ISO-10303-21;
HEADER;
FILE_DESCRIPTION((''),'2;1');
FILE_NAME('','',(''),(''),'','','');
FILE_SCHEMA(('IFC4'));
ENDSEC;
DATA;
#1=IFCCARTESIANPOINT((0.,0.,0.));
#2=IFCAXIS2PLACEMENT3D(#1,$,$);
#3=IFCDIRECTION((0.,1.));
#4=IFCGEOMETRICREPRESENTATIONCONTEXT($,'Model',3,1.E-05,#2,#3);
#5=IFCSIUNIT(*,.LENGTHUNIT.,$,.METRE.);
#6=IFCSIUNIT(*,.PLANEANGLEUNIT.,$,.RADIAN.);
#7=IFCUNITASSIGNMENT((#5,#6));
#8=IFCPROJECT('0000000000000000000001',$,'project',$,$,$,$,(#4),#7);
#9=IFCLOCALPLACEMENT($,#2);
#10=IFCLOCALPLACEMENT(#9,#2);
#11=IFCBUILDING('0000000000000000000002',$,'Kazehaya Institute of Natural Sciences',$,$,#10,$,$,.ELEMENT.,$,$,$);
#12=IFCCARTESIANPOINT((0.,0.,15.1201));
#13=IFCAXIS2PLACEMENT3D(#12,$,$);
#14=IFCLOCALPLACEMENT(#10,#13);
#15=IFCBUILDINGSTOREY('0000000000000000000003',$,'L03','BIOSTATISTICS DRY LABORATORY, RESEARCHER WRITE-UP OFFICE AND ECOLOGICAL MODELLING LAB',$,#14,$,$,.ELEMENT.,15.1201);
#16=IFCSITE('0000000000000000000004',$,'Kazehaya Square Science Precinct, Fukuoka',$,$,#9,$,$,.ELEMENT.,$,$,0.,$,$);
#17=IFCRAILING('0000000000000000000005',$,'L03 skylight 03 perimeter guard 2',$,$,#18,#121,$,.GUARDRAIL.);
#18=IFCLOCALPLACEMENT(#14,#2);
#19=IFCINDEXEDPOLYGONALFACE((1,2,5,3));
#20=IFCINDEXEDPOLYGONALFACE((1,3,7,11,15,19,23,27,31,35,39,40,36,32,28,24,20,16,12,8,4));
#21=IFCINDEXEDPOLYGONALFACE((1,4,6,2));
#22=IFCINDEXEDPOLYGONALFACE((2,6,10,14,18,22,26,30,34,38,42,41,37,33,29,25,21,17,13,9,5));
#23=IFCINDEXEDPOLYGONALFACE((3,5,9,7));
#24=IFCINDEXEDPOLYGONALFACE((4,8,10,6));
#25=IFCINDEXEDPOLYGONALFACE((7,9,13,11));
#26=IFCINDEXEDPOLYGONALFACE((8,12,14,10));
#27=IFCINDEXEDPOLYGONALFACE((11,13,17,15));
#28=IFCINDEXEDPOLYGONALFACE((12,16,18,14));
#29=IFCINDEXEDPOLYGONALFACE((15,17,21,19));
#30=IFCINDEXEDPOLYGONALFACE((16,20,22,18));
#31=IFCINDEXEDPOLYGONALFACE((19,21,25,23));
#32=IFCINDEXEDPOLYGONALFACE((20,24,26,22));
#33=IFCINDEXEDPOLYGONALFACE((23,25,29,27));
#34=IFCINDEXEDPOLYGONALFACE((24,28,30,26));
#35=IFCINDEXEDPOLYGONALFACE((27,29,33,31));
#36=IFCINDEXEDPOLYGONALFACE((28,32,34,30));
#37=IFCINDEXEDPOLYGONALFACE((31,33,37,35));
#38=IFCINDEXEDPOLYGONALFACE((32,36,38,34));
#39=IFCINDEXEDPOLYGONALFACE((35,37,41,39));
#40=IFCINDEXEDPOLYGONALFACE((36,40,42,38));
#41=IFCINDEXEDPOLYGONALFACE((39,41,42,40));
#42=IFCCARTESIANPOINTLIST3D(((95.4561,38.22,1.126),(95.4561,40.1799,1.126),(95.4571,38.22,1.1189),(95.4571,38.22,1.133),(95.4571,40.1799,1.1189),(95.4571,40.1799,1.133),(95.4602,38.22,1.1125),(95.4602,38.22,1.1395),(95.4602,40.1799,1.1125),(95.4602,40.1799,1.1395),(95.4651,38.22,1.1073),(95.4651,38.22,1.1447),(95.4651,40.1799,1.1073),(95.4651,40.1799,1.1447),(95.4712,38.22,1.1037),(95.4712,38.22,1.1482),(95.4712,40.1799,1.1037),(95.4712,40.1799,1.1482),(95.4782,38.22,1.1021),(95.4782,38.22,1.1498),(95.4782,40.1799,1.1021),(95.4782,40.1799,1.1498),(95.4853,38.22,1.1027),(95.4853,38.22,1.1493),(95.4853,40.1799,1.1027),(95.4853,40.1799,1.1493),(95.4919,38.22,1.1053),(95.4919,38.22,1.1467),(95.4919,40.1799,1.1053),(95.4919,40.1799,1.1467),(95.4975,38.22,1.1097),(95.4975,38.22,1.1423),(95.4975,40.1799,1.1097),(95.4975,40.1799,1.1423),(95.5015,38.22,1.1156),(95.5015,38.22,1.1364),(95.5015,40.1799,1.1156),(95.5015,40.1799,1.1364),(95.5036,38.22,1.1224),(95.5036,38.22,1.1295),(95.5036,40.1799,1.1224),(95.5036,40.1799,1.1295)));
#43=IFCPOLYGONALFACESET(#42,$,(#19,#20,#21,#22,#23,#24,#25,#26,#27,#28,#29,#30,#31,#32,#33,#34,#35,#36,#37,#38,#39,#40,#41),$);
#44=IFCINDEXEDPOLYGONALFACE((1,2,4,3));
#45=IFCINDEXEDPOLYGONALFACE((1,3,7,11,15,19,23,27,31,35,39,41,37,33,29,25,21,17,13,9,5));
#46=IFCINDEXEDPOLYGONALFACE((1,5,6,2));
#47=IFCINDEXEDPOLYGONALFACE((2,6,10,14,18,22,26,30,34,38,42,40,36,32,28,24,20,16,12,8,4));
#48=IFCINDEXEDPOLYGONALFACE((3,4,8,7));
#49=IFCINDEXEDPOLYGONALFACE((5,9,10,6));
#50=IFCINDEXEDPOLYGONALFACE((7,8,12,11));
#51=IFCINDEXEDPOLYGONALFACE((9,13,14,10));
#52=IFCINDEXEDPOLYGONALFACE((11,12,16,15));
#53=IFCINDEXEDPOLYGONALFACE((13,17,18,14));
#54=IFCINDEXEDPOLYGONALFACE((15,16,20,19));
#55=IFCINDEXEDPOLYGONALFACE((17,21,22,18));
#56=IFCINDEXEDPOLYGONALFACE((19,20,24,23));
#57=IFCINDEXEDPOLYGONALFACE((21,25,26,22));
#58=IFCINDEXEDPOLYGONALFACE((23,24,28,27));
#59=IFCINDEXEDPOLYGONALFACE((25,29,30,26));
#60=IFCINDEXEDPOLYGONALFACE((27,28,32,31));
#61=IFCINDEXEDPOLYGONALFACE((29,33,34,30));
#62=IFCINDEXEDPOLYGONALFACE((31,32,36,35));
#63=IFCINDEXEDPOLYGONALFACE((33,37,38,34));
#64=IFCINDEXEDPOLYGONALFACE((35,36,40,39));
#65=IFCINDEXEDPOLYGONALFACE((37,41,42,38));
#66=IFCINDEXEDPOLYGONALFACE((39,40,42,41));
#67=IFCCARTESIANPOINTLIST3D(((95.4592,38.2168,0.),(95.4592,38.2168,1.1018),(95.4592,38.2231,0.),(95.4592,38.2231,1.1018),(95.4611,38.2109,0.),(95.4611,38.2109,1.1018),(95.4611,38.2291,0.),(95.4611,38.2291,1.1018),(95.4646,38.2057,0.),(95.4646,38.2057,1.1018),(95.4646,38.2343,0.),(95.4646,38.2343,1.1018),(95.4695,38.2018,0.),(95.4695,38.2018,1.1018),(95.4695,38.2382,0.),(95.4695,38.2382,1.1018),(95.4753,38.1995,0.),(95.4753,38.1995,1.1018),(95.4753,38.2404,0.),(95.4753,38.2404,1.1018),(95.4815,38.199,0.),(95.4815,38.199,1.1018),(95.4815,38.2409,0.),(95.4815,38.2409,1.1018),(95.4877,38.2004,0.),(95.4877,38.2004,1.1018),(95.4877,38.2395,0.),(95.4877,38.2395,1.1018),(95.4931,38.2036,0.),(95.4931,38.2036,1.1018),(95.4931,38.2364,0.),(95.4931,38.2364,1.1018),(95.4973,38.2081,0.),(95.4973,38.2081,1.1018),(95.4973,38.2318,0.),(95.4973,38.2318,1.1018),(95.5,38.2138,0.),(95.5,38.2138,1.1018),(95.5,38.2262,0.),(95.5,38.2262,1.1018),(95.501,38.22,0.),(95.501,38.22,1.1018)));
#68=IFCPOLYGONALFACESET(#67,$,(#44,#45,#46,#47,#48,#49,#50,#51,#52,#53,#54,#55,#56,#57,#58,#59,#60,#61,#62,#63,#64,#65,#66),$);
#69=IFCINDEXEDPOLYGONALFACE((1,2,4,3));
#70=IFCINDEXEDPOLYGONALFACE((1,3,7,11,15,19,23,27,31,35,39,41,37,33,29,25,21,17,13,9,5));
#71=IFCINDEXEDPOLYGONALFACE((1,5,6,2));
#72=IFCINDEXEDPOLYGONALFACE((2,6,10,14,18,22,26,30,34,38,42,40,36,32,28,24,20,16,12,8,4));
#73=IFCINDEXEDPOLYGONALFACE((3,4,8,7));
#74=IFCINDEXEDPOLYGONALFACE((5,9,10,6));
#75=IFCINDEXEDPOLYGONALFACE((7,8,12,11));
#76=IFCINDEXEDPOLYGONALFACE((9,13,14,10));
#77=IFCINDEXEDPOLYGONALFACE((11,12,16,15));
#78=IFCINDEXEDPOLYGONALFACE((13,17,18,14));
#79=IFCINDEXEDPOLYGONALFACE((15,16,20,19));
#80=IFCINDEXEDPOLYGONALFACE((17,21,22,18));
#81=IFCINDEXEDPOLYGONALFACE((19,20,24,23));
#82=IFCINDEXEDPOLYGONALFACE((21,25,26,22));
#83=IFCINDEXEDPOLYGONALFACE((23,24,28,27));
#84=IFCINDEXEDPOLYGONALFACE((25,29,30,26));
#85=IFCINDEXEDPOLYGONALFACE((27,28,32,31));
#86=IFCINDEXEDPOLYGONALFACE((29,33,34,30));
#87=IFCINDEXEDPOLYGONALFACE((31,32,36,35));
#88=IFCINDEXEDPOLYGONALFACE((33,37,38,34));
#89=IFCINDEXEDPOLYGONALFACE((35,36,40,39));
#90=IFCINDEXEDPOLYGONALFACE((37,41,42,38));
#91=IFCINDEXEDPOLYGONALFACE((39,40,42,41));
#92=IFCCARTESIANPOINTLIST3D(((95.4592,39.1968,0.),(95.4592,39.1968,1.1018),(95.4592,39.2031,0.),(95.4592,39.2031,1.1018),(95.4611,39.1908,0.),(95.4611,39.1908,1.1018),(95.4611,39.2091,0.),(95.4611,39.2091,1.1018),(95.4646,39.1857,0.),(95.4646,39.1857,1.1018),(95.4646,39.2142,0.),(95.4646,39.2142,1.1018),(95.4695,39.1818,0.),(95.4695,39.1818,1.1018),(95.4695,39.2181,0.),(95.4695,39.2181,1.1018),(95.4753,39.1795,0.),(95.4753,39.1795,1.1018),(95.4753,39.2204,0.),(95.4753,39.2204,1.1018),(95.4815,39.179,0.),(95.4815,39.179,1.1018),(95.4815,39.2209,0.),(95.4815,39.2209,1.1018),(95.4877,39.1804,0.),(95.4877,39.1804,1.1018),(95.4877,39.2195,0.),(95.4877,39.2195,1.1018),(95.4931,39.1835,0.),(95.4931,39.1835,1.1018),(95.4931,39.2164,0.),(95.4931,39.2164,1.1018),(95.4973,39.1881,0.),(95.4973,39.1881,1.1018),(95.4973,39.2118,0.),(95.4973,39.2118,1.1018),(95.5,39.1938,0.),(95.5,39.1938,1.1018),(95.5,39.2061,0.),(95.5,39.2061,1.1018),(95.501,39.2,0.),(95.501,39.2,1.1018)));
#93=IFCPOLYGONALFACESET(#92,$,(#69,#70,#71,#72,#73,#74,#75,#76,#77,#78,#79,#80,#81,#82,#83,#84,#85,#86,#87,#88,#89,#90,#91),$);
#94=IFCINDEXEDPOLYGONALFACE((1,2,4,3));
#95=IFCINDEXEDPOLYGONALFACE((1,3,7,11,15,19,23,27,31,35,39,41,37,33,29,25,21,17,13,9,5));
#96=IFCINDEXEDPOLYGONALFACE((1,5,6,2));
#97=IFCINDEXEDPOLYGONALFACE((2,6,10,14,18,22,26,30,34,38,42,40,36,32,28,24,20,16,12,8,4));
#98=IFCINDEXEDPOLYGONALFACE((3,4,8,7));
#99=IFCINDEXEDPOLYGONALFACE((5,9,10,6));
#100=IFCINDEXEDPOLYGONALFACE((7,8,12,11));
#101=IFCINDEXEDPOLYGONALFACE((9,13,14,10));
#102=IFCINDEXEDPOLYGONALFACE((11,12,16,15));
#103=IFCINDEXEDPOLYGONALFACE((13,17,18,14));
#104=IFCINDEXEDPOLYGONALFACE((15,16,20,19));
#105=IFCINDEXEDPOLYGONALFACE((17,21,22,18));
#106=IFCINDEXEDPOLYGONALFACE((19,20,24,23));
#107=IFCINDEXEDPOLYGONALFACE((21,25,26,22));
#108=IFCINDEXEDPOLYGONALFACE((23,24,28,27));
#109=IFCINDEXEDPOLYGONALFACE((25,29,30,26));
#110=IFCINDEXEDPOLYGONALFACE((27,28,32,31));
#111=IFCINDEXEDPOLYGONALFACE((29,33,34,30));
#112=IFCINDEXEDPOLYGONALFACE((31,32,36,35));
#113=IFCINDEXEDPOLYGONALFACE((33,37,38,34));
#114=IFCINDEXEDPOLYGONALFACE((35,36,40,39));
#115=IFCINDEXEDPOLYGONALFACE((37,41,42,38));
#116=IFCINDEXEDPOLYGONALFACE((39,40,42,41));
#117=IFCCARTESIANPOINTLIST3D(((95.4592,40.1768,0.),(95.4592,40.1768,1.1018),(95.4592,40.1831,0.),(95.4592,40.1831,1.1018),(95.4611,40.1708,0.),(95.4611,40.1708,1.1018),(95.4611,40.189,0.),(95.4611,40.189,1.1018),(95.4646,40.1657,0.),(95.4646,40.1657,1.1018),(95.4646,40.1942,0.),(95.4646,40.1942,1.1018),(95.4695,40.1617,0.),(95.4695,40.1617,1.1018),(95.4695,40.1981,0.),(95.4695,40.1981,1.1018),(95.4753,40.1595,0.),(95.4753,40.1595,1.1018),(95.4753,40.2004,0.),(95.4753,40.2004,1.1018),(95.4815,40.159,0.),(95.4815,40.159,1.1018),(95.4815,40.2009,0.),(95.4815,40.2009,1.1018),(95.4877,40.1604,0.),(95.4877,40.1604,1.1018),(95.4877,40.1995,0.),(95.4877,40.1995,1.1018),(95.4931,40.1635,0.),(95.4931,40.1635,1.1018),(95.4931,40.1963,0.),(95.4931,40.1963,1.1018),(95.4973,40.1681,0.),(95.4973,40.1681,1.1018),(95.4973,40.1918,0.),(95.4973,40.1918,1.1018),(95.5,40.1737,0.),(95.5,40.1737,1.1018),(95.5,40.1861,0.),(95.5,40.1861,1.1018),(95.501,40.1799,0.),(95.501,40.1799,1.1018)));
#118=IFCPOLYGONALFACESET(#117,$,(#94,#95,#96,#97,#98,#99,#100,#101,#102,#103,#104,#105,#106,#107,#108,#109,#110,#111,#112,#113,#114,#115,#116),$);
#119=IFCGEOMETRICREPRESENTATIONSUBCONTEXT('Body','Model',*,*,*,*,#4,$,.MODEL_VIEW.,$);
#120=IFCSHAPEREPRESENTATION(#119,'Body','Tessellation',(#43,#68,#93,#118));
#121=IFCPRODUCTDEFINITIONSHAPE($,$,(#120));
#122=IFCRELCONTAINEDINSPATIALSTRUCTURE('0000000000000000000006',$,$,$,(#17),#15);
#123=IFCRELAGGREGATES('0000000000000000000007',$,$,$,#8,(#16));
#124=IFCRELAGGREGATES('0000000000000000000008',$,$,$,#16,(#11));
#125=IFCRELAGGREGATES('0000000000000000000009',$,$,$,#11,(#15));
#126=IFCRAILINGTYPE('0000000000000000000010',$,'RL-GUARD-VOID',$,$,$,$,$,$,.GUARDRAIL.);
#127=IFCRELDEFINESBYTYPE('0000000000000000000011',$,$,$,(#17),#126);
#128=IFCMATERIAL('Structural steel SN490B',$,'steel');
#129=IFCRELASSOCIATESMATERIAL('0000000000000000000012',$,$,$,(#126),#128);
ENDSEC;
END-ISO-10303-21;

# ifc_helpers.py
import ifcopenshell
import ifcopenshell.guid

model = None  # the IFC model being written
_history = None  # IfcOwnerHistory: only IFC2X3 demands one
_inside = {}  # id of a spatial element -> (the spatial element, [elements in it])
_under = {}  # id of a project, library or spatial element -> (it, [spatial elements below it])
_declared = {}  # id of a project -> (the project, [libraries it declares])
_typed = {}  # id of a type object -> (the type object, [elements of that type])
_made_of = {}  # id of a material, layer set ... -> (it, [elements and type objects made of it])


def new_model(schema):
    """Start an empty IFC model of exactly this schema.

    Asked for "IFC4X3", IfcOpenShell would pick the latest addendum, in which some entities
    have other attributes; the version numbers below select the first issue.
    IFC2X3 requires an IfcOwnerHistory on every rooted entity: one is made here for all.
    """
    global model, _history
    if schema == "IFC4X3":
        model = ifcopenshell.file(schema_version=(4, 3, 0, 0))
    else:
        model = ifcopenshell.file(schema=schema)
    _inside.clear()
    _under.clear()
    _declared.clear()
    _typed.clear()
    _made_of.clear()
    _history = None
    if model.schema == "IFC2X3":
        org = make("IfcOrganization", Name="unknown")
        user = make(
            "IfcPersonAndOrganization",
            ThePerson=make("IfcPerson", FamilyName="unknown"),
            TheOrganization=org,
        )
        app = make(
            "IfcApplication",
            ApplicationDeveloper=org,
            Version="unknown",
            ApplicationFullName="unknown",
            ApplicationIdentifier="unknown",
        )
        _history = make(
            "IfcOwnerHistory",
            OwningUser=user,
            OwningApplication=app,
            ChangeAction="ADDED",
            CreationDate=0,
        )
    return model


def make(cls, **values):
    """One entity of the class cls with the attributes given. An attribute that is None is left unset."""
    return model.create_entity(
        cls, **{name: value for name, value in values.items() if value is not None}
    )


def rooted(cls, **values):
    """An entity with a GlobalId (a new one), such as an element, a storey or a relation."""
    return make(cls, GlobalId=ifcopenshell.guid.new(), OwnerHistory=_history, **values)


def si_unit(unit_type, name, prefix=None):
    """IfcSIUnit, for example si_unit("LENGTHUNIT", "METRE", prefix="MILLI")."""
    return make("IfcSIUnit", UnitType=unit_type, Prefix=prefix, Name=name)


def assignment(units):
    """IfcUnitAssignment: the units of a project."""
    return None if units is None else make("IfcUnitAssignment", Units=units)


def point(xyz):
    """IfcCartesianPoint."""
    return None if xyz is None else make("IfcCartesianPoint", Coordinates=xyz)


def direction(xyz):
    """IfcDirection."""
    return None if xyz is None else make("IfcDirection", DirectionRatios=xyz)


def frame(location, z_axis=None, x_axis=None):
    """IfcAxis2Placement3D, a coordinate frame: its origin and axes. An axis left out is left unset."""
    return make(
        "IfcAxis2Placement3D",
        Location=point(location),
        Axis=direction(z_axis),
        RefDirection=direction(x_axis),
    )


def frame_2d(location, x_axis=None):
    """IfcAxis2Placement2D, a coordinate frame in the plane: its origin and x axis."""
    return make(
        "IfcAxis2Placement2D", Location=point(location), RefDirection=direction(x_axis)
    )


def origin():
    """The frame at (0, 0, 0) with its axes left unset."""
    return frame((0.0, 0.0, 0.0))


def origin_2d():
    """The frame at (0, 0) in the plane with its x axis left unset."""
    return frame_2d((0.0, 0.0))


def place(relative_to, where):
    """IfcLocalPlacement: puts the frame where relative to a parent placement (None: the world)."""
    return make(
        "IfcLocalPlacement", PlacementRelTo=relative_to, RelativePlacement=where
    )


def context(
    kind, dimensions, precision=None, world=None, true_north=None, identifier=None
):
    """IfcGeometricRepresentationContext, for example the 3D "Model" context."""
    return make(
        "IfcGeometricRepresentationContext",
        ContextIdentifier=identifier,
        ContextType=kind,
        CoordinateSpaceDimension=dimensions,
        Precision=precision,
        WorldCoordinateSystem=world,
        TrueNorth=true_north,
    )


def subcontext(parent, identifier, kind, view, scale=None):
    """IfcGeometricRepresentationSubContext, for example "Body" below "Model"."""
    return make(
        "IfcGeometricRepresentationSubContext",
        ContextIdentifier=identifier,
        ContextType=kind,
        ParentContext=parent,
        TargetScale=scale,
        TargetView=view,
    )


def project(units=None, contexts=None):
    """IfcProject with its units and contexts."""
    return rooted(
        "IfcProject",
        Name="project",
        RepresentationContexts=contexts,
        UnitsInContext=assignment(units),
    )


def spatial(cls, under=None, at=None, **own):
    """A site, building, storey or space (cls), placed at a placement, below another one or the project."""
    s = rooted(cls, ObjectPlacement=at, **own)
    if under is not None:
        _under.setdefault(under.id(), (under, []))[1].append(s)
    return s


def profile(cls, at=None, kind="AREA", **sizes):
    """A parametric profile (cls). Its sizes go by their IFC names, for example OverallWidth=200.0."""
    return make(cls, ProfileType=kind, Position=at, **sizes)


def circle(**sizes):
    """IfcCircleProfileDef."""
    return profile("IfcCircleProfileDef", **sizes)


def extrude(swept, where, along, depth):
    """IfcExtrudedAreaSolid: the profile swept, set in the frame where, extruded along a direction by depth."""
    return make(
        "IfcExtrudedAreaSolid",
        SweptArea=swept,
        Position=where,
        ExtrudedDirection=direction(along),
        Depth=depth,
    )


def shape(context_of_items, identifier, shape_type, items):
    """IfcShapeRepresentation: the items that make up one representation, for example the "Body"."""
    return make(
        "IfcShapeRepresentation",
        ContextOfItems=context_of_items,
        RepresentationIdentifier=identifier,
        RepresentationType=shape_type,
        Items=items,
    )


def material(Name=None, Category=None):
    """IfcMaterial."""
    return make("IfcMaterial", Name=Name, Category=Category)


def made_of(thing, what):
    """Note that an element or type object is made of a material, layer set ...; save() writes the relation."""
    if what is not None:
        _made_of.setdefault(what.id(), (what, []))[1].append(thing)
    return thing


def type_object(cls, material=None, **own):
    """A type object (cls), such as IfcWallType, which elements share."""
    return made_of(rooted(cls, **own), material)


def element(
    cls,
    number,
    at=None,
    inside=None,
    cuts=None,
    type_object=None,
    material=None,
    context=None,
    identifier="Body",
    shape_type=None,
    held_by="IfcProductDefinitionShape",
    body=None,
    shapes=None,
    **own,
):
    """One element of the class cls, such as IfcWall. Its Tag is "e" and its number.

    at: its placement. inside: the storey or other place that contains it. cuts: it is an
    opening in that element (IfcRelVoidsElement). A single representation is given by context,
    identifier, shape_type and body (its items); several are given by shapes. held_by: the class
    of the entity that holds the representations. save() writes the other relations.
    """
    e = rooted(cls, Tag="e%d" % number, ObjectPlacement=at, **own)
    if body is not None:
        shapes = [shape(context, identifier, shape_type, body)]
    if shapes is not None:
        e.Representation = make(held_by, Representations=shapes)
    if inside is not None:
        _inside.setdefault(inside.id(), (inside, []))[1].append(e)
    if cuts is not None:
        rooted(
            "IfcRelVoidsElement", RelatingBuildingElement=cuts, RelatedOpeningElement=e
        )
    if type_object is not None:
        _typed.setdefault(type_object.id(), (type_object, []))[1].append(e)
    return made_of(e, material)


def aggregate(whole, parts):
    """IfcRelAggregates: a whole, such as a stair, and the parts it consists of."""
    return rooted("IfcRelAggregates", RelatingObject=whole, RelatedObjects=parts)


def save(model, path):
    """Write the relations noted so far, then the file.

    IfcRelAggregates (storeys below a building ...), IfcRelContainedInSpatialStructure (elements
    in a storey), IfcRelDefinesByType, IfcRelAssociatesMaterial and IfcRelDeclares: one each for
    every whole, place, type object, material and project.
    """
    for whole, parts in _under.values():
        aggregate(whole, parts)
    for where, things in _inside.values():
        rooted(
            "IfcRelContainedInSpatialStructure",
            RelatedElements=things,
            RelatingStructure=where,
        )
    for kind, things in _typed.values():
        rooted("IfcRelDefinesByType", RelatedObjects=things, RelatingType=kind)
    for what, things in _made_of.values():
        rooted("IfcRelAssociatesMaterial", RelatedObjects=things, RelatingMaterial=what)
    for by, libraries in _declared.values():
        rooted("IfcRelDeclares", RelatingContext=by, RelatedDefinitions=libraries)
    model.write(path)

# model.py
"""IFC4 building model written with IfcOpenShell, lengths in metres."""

from ifc_helpers import new_model, si_unit, direction, frame, origin, origin_2d, place, context, subcontext, project, spatial, circle, extrude, material, type_object, element, save


model = new_model("IFC4")

# Units and contexts
model_context = context("Model", 3, precision=1e-05, world=origin(), true_north=direction((0.0, 1.0)))
body_context = subcontext(model_context, "Body", "Model", "MODEL_VIEW")
ifc_project = project(units=[si_unit("LENGTHUNIT", "METRE"), si_unit("PLANEANGLEUNIT", "RADIAN")], contexts=[model_context])

# Site, building, storey
site_placement = place(None, origin())
site = spatial("IfcSite", under=ifc_project, at=site_placement, Name="Kazehaya Square Science Precinct, Fukuoka", CompositionType="ELEMENT", RefElevation=0.0)
building_placement = place(site_placement, origin())
building = spatial("IfcBuilding", under=site, at=building_placement, Name="Kazehaya Institute of Natural Sciences", CompositionType="ELEMENT")
storey_placement = place(building_placement, frame((0.0, 0.0, 15.1201)))
storey = spatial("IfcBuildingStorey", under=building, at=storey_placement, Name="L03", Description="BIOSTATISTICS DRY LABORATORY, RESEARCHER WRITE-UP OFFICE AND ECOLOGICAL MODELLING LAB", CompositionType="ELEMENT", Elevation=15.1201)

# Railing
ifc_material_1 = material(Name="Structural steel SN490B", Category="steel")
railing_type = type_object("IfcRailingType", Name="RL-GUARD-VOID", PredefinedType="GUARDRAIL", material=ifc_material_1)
railing_1_placement = place(storey_placement, frame((95.48, 38.22, 0.0)))
element("IfcRailing", 1, at=railing_1_placement, inside=storey, type_object=railing_type, Name="L03 skylight 03 perimeter guard 2", PredefinedType="GUARDRAIL", context=body_context, shape_type="SweptSolid", body=[
    extrude(circle(Radius=0.0239, at=origin_2d()), frame((0.0, 0.0, 1.126), z_axis=(0.0, 1.0, 0.0), x_axis=(-1.0, 0.0, 0.0)), (0.0, 0.0, 1.0), 1.96),
    extrude(circle(Radius=0.021, at=origin_2d()), origin(), (0.0, 0.0, 1.0), 1.1018),
    extrude(circle(Radius=0.021, at=origin_2d()), frame((0.0, 0.98, 0.0)), (0.0, 0.0, 1.0), 1.1018),
    extrude(circle(Radius=0.021, at=origin_2d()), frame((0.0, 1.96, 0.0)), (0.0, 0.0, 1.0), 1.1018),
])

save(model, "model.ifc")
